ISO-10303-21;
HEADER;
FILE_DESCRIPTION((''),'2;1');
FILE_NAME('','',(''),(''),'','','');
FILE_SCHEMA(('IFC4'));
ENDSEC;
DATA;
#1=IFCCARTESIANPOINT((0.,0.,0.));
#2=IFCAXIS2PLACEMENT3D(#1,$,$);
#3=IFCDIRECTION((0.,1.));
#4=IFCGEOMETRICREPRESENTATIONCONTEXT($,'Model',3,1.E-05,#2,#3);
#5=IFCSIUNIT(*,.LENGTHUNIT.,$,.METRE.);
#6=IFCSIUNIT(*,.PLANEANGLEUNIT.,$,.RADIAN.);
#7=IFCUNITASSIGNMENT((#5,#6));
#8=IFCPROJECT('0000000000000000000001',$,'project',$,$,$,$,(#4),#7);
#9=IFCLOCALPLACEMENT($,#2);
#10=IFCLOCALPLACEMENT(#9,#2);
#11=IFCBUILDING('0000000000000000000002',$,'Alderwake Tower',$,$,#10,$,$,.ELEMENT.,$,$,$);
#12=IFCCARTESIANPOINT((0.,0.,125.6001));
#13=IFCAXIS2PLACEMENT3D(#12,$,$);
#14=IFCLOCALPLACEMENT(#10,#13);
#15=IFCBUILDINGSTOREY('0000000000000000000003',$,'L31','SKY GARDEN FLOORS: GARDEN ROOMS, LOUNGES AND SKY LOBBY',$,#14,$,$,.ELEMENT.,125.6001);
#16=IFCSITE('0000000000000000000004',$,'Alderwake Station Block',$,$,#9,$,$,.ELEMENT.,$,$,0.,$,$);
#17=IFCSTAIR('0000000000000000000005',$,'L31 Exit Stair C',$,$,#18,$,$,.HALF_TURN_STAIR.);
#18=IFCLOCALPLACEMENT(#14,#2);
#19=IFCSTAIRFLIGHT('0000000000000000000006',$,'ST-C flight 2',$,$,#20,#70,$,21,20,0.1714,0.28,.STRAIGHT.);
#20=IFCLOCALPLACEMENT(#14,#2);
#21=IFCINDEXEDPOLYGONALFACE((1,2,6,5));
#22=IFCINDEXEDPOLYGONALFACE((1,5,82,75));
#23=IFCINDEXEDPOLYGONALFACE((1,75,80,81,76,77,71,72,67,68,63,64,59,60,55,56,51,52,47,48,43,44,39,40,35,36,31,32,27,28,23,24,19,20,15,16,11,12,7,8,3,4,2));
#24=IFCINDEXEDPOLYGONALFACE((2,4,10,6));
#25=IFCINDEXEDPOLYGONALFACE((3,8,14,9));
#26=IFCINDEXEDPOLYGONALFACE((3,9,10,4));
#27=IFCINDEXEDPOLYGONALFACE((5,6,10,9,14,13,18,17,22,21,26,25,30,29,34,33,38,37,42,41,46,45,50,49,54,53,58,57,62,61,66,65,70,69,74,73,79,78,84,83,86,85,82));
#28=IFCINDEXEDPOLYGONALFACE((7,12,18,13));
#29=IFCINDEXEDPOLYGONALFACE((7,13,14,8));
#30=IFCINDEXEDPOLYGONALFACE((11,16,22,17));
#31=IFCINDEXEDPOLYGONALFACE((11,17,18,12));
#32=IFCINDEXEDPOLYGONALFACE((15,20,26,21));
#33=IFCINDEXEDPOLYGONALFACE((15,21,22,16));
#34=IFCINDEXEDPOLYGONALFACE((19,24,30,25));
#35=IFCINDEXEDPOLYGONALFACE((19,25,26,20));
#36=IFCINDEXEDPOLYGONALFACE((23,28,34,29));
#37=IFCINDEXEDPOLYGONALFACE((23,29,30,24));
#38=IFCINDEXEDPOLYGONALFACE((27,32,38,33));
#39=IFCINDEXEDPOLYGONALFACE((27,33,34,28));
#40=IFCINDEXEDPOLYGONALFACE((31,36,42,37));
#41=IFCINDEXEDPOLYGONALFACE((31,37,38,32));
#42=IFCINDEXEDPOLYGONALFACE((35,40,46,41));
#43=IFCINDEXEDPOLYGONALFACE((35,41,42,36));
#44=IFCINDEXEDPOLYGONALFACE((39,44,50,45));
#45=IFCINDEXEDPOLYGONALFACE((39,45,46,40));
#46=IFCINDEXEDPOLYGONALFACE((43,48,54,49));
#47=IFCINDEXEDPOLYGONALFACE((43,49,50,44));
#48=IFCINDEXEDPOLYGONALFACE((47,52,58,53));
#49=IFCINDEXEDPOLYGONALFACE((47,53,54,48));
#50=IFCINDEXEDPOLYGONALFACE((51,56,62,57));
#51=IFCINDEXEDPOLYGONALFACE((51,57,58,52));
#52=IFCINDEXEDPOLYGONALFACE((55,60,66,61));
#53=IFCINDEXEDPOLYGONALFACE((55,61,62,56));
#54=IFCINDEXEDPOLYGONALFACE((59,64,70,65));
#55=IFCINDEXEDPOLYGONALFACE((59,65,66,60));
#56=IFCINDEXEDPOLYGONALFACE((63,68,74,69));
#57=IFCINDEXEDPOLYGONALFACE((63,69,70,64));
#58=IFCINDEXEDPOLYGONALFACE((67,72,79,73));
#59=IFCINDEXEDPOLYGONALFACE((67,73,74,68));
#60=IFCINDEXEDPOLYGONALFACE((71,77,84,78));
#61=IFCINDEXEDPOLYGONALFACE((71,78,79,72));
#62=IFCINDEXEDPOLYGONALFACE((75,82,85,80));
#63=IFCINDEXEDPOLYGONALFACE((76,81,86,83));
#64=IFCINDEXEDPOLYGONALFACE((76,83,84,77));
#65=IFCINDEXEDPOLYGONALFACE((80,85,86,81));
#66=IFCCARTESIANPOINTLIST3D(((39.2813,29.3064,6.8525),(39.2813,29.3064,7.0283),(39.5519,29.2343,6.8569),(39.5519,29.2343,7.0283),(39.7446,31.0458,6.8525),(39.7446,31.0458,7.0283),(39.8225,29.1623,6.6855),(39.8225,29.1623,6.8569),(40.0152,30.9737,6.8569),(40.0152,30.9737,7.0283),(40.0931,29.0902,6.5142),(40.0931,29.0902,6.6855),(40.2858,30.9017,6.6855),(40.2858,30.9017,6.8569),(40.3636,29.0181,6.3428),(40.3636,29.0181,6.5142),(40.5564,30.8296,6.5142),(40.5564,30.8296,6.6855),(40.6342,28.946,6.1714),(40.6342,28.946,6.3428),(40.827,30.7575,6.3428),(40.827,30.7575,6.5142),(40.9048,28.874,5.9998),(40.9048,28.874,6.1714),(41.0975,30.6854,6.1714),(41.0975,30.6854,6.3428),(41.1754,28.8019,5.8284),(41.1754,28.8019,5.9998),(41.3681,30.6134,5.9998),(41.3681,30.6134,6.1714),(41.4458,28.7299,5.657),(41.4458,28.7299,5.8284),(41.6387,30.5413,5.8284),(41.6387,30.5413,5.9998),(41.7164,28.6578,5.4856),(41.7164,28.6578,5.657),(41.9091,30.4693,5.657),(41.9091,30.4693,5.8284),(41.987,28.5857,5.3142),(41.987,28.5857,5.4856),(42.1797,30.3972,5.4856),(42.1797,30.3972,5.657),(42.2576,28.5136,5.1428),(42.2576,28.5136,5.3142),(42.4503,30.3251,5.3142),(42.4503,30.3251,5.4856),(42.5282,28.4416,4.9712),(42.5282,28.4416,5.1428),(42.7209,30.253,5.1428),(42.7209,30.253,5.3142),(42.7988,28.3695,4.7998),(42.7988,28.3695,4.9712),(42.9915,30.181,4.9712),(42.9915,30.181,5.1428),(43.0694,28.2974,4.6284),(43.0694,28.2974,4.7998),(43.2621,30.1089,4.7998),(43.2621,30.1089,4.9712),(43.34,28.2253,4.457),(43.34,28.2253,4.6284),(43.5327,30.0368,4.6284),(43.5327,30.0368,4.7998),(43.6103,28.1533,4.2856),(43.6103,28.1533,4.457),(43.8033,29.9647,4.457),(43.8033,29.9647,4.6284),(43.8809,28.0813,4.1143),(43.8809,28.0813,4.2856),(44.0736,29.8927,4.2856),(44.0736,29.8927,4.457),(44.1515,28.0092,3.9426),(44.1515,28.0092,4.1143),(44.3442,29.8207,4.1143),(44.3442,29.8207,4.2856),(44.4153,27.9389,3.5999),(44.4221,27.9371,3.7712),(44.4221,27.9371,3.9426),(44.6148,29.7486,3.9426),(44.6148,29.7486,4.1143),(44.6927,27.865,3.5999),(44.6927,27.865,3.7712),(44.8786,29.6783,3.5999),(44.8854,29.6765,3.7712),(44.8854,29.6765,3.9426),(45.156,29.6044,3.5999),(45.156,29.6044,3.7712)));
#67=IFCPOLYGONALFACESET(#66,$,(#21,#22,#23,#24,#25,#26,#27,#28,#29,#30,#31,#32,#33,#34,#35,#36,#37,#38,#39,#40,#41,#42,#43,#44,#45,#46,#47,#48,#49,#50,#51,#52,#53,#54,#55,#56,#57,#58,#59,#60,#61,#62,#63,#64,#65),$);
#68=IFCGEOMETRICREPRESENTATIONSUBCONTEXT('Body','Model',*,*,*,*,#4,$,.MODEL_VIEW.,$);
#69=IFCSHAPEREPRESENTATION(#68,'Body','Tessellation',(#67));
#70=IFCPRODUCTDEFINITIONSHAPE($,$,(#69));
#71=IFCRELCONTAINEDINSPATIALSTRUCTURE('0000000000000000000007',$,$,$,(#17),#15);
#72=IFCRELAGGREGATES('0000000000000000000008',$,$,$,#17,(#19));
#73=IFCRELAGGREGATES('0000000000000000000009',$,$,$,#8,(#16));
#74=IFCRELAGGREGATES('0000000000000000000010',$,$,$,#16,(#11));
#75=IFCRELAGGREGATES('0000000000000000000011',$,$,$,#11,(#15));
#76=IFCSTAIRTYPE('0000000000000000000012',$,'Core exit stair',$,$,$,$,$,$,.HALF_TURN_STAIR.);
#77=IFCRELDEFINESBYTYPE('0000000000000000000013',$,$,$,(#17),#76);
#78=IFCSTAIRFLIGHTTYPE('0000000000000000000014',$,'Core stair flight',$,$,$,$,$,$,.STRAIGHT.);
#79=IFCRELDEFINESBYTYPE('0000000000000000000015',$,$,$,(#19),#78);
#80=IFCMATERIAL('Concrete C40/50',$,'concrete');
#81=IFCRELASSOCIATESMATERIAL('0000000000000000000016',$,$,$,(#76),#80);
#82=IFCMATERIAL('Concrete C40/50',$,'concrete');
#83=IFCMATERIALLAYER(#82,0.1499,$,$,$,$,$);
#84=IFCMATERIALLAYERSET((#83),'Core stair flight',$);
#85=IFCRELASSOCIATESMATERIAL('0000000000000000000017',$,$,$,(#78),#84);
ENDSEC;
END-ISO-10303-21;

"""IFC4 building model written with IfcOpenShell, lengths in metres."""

from ifc_helpers import new_model, si_unit, direction, frame, origin, place, context, subcontext, project, spatial, polyline, outline, extrude, material, layer, layer_set, type_object, element, aggregate, save


model = new_model("IFC4")

# Units and contexts
model_context = context("Model", 3, precision=1e-05, world=origin(), true_north=direction((0.0, 1.0)))
body_context = subcontext(model_context, "Body", "Model", "MODEL_VIEW")
ifc_project = project(units=[si_unit("LENGTHUNIT", "METRE"), si_unit("PLANEANGLEUNIT", "RADIAN")], contexts=[model_context])

# Site, building, storey
site_placement = place(None, origin())
site = spatial("IfcSite", under=ifc_project, at=site_placement, Name="Alderwake Station Block", CompositionType="ELEMENT", RefElevation=0.0)
building_placement = place(site_placement, origin())
building = spatial("IfcBuilding", under=site, at=building_placement, Name="Alderwake Tower", CompositionType="ELEMENT")
storey_placement = place(building_placement, frame((0.0, 0.0, 125.6001)))
storey = spatial("IfcBuildingStorey", under=building, at=storey_placement, Name="L31", Description="SKY GARDEN FLOORS: GARDEN ROOMS, LOUNGES AND SKY LOBBY", CompositionType="ELEMENT", Elevation=125.6001)

# Stair, stair flight
ifc_material_1 = material(Name="Concrete C40/50", Category="concrete")
stair_type = type_object("IfcStairType", Name="Core exit stair", PredefinedType="HALF_TURN_STAIR", material=ifc_material_1)
stair_placement = place(storey_placement, origin())
stair = element("IfcStair", 1, at=stair_placement, inside=storey, type_object=stair_type, Name="L31 Exit Stair C", PredefinedType="HALF_TURN_STAIR")
ifc_material_2 = material(Name="Concrete C40/50", Category="concrete")
ifc_layer_1 = layer(ifc_material_2, 0.1499)
ifc_layer_set_1 = layer_set([ifc_layer_1], Name="Core stair flight")
stair_flight_type = type_object("IfcStairFlightType", Name="Core stair flight", PredefinedType="STRAIGHT", material=ifc_layer_set_1)
stair_flight_1_placement = place(storey_placement, frame((44.9243, 28.7346, 3.5999), z_axis=(0.0, 0.0, 1.0), x_axis=(-0.96631, 0.257382, 0.0)))
stair_flight_1 = element("IfcStairFlight", 2, at=stair_flight_1_placement, type_object=stair_flight_type, Name="ST-C flight 2", NumberOfRisers=21, NumberOfTreads=20, PredefinedType="STRAIGHT", RiserHeight=0.1714, TreadLength=0.28, context=body_context, shape_type="SweptSolid", body=[
    extrude(outline(polyline([(0.0, 0.0), (0.0, 0.1714), (0.28, 0.1714), (0.28, 0.3428), (0.5601, 0.3428), (0.5601, 0.5144), (0.8401, 0.5144), (0.8401, 0.6858), (1.1201, 0.6858), (1.1201, 0.8572), (1.3999, 0.8572), (1.3999, 1.0286), (1.6799, 1.0286), (1.6799, 1.2), (1.96, 1.2), (1.96, 1.3713), (2.24, 1.3713), (2.24, 1.543), (2.52, 1.543), (2.52, 1.7144), (2.8, 1.7144), (2.8, 1.8857), (3.0801, 1.8857), (3.0801, 2.0571), (3.3601, 2.0571), (3.3601, 2.2285), (3.6399, 2.2285), (3.6399, 2.3999), (3.9199, 2.3999), (3.9199, 2.5715), (4.2, 2.5715), (4.2, 2.7429), (4.48, 2.7429), (4.48, 2.9143), (4.76, 2.9143), (4.76, 3.0857), (5.04, 3.0857), (5.04, 3.2571), (5.3201, 3.2571), (5.3201, 3.4285), (5.6001, 3.4285), (5.6001, 3.6001), (5.6001, 3.2527), (0.2871, 0.0), (0.0, 0.0)])), frame((0.0, 0.8999, 0.0), z_axis=(0.0, -1.0, 0.0), x_axis=(1.0, 0.0, 0.0)), (0.0, 0.0, 1.0), 1.8),
])
aggregate(stair, [stair_flight_1])

save(model, "model.ifc")
